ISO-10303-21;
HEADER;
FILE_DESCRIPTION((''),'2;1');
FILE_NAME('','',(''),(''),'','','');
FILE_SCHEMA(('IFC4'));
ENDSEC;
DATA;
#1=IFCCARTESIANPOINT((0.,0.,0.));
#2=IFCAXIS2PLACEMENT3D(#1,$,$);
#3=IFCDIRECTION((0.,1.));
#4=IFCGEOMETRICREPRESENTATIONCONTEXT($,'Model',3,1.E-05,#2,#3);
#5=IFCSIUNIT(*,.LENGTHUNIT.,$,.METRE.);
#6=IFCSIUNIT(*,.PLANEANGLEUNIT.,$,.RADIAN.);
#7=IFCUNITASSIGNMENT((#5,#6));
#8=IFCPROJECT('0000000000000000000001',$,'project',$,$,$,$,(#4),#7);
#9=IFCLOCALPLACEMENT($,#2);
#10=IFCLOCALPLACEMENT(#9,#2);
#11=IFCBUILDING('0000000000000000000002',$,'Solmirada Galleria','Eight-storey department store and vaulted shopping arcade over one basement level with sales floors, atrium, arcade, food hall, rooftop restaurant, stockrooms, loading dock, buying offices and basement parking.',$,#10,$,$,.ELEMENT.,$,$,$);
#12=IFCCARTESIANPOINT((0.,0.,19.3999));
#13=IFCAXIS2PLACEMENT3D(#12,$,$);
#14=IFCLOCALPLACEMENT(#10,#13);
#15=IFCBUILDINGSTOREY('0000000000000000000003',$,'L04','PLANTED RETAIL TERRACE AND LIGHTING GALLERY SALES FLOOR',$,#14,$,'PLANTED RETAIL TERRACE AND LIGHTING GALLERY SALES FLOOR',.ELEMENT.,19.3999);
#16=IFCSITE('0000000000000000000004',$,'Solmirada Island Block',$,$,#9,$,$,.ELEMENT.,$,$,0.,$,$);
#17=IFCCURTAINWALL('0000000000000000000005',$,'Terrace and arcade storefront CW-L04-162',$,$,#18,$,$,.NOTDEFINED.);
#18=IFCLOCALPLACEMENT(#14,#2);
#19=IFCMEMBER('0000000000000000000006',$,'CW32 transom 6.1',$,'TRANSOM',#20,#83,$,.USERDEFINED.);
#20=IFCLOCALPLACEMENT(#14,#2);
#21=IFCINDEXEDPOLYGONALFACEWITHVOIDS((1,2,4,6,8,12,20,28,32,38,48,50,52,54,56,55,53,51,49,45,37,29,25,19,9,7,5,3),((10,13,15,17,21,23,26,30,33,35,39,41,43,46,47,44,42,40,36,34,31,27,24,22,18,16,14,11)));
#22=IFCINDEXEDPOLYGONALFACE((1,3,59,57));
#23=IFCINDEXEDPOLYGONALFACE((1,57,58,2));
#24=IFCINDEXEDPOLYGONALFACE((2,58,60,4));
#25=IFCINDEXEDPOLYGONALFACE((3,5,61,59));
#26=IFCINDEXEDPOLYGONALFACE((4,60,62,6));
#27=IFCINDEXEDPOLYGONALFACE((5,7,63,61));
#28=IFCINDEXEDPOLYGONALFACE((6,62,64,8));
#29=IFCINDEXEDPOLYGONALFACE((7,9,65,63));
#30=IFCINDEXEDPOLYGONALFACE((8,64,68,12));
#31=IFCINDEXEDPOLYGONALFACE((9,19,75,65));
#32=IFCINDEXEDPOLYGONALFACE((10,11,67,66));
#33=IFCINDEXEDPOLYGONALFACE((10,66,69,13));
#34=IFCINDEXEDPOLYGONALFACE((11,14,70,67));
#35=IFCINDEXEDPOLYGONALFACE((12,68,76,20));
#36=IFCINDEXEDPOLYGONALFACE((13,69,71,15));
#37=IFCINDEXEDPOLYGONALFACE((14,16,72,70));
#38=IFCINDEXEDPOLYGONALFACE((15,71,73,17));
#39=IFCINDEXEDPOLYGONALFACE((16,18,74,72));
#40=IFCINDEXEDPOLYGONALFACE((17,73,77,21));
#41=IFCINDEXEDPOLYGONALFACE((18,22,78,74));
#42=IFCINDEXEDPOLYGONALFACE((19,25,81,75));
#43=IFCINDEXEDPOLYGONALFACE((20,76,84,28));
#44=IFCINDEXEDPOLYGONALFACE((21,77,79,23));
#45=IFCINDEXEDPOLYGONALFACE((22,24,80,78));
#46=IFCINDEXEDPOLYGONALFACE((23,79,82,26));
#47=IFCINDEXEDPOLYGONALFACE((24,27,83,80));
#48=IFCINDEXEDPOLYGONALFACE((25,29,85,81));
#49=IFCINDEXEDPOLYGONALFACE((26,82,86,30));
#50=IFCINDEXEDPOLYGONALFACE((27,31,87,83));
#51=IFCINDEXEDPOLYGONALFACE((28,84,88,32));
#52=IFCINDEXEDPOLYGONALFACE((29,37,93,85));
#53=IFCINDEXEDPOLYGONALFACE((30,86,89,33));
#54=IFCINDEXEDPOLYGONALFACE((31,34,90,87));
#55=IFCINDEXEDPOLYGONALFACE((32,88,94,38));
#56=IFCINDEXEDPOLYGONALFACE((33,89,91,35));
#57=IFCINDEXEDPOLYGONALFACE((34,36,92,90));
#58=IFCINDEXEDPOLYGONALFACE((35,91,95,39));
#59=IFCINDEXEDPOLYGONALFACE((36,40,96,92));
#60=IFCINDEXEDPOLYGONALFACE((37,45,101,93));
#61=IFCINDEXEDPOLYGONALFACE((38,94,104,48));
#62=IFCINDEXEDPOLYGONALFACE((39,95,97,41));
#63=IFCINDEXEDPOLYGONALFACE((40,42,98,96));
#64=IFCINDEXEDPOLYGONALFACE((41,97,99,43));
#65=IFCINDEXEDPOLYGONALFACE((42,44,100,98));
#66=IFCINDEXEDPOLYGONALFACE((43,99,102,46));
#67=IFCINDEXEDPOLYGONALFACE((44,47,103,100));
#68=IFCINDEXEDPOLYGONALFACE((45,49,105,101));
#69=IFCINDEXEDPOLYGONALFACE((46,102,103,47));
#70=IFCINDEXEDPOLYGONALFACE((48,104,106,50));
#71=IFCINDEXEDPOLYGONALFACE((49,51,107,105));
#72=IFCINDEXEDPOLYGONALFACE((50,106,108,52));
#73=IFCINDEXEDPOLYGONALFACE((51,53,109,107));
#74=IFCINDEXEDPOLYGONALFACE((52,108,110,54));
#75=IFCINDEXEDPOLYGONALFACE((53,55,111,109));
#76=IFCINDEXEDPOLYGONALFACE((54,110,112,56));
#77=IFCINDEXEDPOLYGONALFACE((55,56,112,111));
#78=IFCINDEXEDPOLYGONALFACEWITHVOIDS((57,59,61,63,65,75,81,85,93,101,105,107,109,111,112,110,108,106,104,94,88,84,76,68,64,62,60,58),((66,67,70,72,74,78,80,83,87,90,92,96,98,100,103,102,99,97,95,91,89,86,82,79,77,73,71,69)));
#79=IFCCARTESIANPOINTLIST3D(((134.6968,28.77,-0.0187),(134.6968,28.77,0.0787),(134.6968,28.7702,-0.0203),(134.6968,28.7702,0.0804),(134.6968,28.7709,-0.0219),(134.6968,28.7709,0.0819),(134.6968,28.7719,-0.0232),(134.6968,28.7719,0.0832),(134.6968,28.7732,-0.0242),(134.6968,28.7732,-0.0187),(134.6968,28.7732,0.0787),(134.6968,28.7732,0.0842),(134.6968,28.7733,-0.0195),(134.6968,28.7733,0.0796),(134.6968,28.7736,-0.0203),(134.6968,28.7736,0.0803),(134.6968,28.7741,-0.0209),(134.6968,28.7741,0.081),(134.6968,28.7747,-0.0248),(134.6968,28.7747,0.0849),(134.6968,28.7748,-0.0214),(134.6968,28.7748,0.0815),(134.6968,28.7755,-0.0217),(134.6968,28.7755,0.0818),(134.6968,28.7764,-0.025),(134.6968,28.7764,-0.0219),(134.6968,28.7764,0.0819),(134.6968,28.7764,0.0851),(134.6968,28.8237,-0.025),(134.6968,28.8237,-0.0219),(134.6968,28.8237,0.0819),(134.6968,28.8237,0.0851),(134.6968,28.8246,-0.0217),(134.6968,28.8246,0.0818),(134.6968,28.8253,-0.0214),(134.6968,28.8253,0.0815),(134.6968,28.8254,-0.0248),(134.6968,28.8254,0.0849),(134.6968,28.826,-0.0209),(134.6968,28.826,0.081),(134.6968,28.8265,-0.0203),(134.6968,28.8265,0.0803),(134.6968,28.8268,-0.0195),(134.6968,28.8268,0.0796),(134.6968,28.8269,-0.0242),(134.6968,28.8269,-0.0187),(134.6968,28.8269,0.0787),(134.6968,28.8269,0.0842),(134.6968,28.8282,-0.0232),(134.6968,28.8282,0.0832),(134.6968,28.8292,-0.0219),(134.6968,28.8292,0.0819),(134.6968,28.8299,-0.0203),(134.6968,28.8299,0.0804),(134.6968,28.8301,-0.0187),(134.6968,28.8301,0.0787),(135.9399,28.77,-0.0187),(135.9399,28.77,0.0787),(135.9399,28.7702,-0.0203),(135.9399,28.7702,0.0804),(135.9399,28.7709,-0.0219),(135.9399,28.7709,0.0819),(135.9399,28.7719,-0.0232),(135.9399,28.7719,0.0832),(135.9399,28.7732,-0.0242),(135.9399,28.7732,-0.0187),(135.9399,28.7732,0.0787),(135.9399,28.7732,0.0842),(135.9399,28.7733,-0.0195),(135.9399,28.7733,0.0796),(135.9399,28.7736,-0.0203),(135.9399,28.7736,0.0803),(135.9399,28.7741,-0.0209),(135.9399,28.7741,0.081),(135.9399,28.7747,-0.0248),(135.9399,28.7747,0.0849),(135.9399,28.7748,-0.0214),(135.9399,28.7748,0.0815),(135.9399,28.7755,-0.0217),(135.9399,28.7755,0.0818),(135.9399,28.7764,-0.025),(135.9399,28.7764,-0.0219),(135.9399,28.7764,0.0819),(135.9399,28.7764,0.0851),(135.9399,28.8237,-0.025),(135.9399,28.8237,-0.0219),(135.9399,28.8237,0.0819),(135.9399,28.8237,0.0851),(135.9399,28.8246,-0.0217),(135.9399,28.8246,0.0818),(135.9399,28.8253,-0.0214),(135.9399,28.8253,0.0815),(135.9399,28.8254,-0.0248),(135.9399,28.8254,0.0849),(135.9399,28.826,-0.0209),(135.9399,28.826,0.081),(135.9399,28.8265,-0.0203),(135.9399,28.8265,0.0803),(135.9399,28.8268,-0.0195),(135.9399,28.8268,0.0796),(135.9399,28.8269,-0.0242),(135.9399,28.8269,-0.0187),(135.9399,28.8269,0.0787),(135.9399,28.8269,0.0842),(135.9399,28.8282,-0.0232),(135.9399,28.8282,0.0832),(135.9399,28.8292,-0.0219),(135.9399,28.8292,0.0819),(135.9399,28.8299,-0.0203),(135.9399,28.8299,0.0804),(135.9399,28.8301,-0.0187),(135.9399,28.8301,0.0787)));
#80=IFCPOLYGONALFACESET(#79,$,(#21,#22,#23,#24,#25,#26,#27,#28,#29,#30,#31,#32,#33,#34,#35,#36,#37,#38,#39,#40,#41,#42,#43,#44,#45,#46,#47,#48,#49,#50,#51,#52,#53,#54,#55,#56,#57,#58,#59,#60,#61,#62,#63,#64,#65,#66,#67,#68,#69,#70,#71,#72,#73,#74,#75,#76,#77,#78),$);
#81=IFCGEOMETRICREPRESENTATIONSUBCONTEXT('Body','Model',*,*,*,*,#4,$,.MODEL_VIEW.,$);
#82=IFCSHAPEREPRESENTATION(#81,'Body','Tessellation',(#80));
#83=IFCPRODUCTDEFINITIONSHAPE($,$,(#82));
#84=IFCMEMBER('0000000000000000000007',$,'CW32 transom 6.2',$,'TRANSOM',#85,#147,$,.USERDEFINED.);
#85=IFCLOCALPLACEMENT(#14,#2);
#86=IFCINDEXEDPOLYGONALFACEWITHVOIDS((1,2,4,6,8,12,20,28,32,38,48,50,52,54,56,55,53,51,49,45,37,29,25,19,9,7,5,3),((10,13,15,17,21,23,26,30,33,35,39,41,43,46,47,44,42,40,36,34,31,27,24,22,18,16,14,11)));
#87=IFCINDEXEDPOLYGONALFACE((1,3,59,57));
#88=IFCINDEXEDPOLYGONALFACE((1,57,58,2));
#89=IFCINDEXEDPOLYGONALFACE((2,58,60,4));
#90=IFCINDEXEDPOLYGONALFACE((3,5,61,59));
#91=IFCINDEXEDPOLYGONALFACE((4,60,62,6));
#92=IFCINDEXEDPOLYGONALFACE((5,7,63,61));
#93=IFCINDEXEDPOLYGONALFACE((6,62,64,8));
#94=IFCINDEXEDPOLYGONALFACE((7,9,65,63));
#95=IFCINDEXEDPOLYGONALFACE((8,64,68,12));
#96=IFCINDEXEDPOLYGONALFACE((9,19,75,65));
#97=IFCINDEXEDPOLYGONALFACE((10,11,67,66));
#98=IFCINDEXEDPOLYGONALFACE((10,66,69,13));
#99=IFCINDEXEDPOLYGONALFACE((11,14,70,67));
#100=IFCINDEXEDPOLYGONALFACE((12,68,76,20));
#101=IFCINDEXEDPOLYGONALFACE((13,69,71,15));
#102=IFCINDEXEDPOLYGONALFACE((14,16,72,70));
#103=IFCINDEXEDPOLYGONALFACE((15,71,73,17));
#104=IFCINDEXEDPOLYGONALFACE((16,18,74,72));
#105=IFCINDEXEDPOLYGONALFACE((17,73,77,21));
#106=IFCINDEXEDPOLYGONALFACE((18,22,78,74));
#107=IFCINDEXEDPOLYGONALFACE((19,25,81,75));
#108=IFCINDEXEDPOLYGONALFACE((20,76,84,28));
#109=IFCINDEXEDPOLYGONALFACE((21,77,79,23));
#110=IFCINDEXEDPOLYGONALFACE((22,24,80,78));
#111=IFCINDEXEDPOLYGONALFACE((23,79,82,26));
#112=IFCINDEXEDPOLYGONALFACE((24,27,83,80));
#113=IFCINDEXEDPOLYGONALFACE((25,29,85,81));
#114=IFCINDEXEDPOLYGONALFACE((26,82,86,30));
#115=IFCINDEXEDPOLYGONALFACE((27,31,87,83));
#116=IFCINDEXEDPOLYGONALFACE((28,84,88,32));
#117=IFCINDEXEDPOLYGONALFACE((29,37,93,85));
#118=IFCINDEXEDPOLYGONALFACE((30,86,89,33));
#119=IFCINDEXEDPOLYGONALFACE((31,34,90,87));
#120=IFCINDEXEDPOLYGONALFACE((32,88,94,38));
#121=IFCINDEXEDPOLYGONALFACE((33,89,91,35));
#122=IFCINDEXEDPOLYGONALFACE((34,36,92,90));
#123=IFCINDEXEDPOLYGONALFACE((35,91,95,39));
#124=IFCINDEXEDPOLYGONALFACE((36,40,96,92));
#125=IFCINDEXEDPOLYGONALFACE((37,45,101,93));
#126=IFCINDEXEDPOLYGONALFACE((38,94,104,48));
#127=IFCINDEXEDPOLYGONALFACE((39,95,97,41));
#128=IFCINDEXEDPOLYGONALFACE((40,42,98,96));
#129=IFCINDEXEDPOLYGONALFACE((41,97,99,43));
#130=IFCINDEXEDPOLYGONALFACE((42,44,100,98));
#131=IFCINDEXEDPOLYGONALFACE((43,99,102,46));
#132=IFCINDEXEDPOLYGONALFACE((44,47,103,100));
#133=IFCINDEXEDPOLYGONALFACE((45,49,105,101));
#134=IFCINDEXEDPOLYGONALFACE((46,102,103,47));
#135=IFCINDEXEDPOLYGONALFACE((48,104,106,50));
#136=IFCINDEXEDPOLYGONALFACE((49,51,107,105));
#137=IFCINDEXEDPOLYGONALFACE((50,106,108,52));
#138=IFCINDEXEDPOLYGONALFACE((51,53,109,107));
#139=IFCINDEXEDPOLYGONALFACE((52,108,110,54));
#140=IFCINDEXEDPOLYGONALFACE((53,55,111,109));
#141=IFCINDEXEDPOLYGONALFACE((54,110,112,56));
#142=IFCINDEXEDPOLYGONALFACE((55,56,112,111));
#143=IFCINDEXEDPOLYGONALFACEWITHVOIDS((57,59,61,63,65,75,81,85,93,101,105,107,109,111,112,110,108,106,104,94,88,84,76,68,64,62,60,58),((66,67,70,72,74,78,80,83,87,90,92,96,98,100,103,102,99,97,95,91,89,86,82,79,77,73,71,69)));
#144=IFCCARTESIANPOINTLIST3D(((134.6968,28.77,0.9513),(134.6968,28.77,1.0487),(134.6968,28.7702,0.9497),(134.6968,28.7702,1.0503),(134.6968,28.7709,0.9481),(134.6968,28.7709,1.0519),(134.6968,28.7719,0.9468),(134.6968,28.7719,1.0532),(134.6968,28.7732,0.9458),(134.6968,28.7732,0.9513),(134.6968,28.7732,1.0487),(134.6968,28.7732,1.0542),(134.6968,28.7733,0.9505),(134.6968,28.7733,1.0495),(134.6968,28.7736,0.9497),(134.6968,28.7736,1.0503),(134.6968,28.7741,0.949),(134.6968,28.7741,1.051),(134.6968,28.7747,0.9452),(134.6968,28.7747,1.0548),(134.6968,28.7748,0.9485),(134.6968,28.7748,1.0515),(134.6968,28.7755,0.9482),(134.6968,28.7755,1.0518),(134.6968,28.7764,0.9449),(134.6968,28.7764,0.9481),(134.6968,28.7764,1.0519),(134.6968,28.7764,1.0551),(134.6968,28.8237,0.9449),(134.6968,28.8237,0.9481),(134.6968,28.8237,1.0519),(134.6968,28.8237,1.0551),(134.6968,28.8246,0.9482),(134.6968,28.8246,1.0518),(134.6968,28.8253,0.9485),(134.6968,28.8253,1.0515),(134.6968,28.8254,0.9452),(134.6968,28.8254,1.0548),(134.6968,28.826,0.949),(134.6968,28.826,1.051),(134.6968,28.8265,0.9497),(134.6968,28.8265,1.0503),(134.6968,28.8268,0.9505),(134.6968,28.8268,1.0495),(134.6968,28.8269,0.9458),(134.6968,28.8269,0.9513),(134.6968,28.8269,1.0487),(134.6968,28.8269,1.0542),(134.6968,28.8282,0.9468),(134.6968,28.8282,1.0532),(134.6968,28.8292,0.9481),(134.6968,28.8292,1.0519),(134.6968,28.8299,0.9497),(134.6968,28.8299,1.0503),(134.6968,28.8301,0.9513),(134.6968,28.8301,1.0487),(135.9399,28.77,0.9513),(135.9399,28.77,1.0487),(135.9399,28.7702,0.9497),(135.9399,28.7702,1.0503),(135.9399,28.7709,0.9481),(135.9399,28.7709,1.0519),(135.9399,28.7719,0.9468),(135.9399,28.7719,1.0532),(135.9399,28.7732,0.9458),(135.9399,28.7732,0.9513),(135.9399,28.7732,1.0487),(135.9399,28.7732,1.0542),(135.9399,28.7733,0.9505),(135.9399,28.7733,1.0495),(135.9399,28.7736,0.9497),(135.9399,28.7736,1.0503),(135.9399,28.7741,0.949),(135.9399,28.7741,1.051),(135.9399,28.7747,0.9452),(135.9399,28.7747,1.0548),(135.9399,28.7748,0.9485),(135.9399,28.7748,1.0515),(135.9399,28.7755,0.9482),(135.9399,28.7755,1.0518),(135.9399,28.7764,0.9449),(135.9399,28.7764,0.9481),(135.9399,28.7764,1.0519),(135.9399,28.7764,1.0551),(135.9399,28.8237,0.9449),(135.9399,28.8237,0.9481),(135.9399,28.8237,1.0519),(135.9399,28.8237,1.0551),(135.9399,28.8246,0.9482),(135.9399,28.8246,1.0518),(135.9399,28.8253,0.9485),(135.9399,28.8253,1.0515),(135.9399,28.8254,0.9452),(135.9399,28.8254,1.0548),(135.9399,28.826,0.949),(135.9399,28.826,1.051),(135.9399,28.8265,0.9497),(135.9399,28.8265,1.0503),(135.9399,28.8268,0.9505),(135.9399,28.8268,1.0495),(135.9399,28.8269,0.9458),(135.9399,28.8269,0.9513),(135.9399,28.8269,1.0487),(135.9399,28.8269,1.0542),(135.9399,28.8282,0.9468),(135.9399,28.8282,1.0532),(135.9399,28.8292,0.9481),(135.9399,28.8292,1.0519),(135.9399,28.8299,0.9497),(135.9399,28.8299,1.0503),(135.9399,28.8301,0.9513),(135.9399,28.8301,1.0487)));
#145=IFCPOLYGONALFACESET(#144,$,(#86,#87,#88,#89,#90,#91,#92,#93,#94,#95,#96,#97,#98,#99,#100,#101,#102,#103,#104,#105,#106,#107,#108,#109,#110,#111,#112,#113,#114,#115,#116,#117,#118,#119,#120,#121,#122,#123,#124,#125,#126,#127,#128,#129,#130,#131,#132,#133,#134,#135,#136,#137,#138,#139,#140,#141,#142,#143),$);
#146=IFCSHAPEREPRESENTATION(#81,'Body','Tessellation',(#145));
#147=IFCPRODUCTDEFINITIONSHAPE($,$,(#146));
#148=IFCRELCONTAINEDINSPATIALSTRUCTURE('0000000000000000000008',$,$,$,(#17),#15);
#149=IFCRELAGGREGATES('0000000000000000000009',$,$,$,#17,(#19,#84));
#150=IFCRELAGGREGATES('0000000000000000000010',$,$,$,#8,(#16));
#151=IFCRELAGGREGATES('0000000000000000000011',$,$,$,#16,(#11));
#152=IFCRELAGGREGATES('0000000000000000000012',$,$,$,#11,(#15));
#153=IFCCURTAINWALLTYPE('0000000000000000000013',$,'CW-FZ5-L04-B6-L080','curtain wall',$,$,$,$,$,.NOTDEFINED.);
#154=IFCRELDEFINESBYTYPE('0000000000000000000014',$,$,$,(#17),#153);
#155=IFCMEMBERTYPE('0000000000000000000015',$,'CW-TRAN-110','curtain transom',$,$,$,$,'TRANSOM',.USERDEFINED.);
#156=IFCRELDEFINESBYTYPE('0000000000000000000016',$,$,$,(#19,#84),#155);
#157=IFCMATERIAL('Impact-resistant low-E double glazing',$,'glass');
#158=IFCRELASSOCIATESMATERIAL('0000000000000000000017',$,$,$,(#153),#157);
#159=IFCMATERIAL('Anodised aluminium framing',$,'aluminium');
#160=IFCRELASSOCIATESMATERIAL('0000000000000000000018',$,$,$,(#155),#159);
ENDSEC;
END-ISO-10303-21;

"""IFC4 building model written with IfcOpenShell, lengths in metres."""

from ifc_helpers import new_model, si_unit, direction, frame, origin, origin_2d, place, context, subcontext, project, spatial, hollow_rectangle, extrude, material, material_profile, profile_set, type_object, element, aggregate, save


model = new_model("IFC4")

# Units and contexts
model_context = context("Model", 3, precision=1e-05, world=origin(), true_north=direction((0.0, 1.0)))
body_context = subcontext(model_context, "Body", "Model", "MODEL_VIEW")
ifc_project = project(units=[si_unit("LENGTHUNIT", "METRE"), si_unit("PLANEANGLEUNIT", "RADIAN")], contexts=[model_context])

# Site, building, storey
site_placement = place(None, origin())
site = spatial("IfcSite", under=ifc_project, at=site_placement, Name="Solmirada Island Block", CompositionType="ELEMENT", RefElevation=0.0)
building_placement = place(site_placement, origin())
building = spatial("IfcBuilding", under=site, at=building_placement, Name="Solmirada Galleria", Description="Eight-storey department store and vaulted shopping arcade over one basement level with sales floors, atrium, arcade, food hall, rooftop restaurant, stockrooms, loading dock, buying offices and basement parking.", CompositionType="ELEMENT")
storey_placement = place(building_placement, frame((0.0, 0.0, 19.3999)))
storey = spatial("IfcBuildingStorey", under=building, at=storey_placement, Name="L04", Description="PLANTED RETAIL TERRACE AND LIGHTING GALLERY SALES FLOOR", LongName="PLANTED RETAIL TERRACE AND LIGHTING GALLERY SALES FLOOR", CompositionType="ELEMENT", Elevation=19.3999)

# Curtain wall, members
ifc_material_1 = material(Name="Impact-resistant low-E double glazing", Category="glass")
curtain_wall_type = type_object("IfcCurtainWallType", Name="CW-FZ5-L04-B6-L080", Description="curtain wall", PredefinedType="NOTDEFINED", material=ifc_material_1)
curtain_wall_placement = place(storey_placement, origin())
curtain_wall = element("IfcCurtainWall", 1, at=curtain_wall_placement, inside=storey, type_object=curtain_wall_type, Name="Terrace and arcade storefront CW-L04-162", PredefinedType="NOTDEFINED")
ifc_material_2 = material(Name="Anodised aluminium framing", Category="aluminium")
ifc_material_profile_1 = material_profile(ifc_material_2, hollow_rectangle(XDim=0.0601, YDim=0.1101, WallThickness=0.0032, InnerFilletRadius=0.0032, OuterFilletRadius=0.0063, at=origin_2d()), Name="ALU-TRAN-110X60")
ifc_profile_set_1 = profile_set([ifc_material_profile_1], Name="Anodised aluminium framing")
member_type_1 = type_object("IfcMemberType", Name="CW-TRAN-110", Description="curtain transom", ElementType="TRANSOM", PredefinedType="USERDEFINED", material=ifc_profile_set_1)
member_1_placement = place(storey_placement, frame((134.6968, 28.8, 0.03), z_axis=(1.0, 0.0, 0.0), x_axis=(0.0, 1.0, 0.0)))
member_1 = element("IfcMember", 2, at=member_1_placement, type_object=member_type_1, Name="CW32 transom 6.1", ObjectType="TRANSOM", PredefinedType="USERDEFINED", context=body_context, shape_type="SweptSolid", body=[
    extrude(hollow_rectangle(XDim=0.0601, YDim=0.1101, WallThickness=0.0032, InnerFilletRadius=0.0032, OuterFilletRadius=0.0063, at=origin_2d()), origin(), (0.0, 0.0, 1.0), 1.2432),
])
member_2_placement = place(storey_placement, frame((134.6968, 28.8, 1.0), z_axis=(1.0, 0.0, 0.0), x_axis=(0.0, 1.0, 0.0)))
member_2 = element("IfcMember", 3, at=member_2_placement, type_object=member_type_1, Name="CW32 transom 6.2", ObjectType="TRANSOM", PredefinedType="USERDEFINED", context=body_context, shape_type="SweptSolid", body=[
    extrude(hollow_rectangle(XDim=0.0601, YDim=0.1101, WallThickness=0.0032, InnerFilletRadius=0.0032, OuterFilletRadius=0.0063, at=origin_2d()), origin(), (0.0, 0.0, 1.0), 1.2432),
])
aggregate(curtain_wall, [member_1, member_2])

save(model, "model.ifc")
